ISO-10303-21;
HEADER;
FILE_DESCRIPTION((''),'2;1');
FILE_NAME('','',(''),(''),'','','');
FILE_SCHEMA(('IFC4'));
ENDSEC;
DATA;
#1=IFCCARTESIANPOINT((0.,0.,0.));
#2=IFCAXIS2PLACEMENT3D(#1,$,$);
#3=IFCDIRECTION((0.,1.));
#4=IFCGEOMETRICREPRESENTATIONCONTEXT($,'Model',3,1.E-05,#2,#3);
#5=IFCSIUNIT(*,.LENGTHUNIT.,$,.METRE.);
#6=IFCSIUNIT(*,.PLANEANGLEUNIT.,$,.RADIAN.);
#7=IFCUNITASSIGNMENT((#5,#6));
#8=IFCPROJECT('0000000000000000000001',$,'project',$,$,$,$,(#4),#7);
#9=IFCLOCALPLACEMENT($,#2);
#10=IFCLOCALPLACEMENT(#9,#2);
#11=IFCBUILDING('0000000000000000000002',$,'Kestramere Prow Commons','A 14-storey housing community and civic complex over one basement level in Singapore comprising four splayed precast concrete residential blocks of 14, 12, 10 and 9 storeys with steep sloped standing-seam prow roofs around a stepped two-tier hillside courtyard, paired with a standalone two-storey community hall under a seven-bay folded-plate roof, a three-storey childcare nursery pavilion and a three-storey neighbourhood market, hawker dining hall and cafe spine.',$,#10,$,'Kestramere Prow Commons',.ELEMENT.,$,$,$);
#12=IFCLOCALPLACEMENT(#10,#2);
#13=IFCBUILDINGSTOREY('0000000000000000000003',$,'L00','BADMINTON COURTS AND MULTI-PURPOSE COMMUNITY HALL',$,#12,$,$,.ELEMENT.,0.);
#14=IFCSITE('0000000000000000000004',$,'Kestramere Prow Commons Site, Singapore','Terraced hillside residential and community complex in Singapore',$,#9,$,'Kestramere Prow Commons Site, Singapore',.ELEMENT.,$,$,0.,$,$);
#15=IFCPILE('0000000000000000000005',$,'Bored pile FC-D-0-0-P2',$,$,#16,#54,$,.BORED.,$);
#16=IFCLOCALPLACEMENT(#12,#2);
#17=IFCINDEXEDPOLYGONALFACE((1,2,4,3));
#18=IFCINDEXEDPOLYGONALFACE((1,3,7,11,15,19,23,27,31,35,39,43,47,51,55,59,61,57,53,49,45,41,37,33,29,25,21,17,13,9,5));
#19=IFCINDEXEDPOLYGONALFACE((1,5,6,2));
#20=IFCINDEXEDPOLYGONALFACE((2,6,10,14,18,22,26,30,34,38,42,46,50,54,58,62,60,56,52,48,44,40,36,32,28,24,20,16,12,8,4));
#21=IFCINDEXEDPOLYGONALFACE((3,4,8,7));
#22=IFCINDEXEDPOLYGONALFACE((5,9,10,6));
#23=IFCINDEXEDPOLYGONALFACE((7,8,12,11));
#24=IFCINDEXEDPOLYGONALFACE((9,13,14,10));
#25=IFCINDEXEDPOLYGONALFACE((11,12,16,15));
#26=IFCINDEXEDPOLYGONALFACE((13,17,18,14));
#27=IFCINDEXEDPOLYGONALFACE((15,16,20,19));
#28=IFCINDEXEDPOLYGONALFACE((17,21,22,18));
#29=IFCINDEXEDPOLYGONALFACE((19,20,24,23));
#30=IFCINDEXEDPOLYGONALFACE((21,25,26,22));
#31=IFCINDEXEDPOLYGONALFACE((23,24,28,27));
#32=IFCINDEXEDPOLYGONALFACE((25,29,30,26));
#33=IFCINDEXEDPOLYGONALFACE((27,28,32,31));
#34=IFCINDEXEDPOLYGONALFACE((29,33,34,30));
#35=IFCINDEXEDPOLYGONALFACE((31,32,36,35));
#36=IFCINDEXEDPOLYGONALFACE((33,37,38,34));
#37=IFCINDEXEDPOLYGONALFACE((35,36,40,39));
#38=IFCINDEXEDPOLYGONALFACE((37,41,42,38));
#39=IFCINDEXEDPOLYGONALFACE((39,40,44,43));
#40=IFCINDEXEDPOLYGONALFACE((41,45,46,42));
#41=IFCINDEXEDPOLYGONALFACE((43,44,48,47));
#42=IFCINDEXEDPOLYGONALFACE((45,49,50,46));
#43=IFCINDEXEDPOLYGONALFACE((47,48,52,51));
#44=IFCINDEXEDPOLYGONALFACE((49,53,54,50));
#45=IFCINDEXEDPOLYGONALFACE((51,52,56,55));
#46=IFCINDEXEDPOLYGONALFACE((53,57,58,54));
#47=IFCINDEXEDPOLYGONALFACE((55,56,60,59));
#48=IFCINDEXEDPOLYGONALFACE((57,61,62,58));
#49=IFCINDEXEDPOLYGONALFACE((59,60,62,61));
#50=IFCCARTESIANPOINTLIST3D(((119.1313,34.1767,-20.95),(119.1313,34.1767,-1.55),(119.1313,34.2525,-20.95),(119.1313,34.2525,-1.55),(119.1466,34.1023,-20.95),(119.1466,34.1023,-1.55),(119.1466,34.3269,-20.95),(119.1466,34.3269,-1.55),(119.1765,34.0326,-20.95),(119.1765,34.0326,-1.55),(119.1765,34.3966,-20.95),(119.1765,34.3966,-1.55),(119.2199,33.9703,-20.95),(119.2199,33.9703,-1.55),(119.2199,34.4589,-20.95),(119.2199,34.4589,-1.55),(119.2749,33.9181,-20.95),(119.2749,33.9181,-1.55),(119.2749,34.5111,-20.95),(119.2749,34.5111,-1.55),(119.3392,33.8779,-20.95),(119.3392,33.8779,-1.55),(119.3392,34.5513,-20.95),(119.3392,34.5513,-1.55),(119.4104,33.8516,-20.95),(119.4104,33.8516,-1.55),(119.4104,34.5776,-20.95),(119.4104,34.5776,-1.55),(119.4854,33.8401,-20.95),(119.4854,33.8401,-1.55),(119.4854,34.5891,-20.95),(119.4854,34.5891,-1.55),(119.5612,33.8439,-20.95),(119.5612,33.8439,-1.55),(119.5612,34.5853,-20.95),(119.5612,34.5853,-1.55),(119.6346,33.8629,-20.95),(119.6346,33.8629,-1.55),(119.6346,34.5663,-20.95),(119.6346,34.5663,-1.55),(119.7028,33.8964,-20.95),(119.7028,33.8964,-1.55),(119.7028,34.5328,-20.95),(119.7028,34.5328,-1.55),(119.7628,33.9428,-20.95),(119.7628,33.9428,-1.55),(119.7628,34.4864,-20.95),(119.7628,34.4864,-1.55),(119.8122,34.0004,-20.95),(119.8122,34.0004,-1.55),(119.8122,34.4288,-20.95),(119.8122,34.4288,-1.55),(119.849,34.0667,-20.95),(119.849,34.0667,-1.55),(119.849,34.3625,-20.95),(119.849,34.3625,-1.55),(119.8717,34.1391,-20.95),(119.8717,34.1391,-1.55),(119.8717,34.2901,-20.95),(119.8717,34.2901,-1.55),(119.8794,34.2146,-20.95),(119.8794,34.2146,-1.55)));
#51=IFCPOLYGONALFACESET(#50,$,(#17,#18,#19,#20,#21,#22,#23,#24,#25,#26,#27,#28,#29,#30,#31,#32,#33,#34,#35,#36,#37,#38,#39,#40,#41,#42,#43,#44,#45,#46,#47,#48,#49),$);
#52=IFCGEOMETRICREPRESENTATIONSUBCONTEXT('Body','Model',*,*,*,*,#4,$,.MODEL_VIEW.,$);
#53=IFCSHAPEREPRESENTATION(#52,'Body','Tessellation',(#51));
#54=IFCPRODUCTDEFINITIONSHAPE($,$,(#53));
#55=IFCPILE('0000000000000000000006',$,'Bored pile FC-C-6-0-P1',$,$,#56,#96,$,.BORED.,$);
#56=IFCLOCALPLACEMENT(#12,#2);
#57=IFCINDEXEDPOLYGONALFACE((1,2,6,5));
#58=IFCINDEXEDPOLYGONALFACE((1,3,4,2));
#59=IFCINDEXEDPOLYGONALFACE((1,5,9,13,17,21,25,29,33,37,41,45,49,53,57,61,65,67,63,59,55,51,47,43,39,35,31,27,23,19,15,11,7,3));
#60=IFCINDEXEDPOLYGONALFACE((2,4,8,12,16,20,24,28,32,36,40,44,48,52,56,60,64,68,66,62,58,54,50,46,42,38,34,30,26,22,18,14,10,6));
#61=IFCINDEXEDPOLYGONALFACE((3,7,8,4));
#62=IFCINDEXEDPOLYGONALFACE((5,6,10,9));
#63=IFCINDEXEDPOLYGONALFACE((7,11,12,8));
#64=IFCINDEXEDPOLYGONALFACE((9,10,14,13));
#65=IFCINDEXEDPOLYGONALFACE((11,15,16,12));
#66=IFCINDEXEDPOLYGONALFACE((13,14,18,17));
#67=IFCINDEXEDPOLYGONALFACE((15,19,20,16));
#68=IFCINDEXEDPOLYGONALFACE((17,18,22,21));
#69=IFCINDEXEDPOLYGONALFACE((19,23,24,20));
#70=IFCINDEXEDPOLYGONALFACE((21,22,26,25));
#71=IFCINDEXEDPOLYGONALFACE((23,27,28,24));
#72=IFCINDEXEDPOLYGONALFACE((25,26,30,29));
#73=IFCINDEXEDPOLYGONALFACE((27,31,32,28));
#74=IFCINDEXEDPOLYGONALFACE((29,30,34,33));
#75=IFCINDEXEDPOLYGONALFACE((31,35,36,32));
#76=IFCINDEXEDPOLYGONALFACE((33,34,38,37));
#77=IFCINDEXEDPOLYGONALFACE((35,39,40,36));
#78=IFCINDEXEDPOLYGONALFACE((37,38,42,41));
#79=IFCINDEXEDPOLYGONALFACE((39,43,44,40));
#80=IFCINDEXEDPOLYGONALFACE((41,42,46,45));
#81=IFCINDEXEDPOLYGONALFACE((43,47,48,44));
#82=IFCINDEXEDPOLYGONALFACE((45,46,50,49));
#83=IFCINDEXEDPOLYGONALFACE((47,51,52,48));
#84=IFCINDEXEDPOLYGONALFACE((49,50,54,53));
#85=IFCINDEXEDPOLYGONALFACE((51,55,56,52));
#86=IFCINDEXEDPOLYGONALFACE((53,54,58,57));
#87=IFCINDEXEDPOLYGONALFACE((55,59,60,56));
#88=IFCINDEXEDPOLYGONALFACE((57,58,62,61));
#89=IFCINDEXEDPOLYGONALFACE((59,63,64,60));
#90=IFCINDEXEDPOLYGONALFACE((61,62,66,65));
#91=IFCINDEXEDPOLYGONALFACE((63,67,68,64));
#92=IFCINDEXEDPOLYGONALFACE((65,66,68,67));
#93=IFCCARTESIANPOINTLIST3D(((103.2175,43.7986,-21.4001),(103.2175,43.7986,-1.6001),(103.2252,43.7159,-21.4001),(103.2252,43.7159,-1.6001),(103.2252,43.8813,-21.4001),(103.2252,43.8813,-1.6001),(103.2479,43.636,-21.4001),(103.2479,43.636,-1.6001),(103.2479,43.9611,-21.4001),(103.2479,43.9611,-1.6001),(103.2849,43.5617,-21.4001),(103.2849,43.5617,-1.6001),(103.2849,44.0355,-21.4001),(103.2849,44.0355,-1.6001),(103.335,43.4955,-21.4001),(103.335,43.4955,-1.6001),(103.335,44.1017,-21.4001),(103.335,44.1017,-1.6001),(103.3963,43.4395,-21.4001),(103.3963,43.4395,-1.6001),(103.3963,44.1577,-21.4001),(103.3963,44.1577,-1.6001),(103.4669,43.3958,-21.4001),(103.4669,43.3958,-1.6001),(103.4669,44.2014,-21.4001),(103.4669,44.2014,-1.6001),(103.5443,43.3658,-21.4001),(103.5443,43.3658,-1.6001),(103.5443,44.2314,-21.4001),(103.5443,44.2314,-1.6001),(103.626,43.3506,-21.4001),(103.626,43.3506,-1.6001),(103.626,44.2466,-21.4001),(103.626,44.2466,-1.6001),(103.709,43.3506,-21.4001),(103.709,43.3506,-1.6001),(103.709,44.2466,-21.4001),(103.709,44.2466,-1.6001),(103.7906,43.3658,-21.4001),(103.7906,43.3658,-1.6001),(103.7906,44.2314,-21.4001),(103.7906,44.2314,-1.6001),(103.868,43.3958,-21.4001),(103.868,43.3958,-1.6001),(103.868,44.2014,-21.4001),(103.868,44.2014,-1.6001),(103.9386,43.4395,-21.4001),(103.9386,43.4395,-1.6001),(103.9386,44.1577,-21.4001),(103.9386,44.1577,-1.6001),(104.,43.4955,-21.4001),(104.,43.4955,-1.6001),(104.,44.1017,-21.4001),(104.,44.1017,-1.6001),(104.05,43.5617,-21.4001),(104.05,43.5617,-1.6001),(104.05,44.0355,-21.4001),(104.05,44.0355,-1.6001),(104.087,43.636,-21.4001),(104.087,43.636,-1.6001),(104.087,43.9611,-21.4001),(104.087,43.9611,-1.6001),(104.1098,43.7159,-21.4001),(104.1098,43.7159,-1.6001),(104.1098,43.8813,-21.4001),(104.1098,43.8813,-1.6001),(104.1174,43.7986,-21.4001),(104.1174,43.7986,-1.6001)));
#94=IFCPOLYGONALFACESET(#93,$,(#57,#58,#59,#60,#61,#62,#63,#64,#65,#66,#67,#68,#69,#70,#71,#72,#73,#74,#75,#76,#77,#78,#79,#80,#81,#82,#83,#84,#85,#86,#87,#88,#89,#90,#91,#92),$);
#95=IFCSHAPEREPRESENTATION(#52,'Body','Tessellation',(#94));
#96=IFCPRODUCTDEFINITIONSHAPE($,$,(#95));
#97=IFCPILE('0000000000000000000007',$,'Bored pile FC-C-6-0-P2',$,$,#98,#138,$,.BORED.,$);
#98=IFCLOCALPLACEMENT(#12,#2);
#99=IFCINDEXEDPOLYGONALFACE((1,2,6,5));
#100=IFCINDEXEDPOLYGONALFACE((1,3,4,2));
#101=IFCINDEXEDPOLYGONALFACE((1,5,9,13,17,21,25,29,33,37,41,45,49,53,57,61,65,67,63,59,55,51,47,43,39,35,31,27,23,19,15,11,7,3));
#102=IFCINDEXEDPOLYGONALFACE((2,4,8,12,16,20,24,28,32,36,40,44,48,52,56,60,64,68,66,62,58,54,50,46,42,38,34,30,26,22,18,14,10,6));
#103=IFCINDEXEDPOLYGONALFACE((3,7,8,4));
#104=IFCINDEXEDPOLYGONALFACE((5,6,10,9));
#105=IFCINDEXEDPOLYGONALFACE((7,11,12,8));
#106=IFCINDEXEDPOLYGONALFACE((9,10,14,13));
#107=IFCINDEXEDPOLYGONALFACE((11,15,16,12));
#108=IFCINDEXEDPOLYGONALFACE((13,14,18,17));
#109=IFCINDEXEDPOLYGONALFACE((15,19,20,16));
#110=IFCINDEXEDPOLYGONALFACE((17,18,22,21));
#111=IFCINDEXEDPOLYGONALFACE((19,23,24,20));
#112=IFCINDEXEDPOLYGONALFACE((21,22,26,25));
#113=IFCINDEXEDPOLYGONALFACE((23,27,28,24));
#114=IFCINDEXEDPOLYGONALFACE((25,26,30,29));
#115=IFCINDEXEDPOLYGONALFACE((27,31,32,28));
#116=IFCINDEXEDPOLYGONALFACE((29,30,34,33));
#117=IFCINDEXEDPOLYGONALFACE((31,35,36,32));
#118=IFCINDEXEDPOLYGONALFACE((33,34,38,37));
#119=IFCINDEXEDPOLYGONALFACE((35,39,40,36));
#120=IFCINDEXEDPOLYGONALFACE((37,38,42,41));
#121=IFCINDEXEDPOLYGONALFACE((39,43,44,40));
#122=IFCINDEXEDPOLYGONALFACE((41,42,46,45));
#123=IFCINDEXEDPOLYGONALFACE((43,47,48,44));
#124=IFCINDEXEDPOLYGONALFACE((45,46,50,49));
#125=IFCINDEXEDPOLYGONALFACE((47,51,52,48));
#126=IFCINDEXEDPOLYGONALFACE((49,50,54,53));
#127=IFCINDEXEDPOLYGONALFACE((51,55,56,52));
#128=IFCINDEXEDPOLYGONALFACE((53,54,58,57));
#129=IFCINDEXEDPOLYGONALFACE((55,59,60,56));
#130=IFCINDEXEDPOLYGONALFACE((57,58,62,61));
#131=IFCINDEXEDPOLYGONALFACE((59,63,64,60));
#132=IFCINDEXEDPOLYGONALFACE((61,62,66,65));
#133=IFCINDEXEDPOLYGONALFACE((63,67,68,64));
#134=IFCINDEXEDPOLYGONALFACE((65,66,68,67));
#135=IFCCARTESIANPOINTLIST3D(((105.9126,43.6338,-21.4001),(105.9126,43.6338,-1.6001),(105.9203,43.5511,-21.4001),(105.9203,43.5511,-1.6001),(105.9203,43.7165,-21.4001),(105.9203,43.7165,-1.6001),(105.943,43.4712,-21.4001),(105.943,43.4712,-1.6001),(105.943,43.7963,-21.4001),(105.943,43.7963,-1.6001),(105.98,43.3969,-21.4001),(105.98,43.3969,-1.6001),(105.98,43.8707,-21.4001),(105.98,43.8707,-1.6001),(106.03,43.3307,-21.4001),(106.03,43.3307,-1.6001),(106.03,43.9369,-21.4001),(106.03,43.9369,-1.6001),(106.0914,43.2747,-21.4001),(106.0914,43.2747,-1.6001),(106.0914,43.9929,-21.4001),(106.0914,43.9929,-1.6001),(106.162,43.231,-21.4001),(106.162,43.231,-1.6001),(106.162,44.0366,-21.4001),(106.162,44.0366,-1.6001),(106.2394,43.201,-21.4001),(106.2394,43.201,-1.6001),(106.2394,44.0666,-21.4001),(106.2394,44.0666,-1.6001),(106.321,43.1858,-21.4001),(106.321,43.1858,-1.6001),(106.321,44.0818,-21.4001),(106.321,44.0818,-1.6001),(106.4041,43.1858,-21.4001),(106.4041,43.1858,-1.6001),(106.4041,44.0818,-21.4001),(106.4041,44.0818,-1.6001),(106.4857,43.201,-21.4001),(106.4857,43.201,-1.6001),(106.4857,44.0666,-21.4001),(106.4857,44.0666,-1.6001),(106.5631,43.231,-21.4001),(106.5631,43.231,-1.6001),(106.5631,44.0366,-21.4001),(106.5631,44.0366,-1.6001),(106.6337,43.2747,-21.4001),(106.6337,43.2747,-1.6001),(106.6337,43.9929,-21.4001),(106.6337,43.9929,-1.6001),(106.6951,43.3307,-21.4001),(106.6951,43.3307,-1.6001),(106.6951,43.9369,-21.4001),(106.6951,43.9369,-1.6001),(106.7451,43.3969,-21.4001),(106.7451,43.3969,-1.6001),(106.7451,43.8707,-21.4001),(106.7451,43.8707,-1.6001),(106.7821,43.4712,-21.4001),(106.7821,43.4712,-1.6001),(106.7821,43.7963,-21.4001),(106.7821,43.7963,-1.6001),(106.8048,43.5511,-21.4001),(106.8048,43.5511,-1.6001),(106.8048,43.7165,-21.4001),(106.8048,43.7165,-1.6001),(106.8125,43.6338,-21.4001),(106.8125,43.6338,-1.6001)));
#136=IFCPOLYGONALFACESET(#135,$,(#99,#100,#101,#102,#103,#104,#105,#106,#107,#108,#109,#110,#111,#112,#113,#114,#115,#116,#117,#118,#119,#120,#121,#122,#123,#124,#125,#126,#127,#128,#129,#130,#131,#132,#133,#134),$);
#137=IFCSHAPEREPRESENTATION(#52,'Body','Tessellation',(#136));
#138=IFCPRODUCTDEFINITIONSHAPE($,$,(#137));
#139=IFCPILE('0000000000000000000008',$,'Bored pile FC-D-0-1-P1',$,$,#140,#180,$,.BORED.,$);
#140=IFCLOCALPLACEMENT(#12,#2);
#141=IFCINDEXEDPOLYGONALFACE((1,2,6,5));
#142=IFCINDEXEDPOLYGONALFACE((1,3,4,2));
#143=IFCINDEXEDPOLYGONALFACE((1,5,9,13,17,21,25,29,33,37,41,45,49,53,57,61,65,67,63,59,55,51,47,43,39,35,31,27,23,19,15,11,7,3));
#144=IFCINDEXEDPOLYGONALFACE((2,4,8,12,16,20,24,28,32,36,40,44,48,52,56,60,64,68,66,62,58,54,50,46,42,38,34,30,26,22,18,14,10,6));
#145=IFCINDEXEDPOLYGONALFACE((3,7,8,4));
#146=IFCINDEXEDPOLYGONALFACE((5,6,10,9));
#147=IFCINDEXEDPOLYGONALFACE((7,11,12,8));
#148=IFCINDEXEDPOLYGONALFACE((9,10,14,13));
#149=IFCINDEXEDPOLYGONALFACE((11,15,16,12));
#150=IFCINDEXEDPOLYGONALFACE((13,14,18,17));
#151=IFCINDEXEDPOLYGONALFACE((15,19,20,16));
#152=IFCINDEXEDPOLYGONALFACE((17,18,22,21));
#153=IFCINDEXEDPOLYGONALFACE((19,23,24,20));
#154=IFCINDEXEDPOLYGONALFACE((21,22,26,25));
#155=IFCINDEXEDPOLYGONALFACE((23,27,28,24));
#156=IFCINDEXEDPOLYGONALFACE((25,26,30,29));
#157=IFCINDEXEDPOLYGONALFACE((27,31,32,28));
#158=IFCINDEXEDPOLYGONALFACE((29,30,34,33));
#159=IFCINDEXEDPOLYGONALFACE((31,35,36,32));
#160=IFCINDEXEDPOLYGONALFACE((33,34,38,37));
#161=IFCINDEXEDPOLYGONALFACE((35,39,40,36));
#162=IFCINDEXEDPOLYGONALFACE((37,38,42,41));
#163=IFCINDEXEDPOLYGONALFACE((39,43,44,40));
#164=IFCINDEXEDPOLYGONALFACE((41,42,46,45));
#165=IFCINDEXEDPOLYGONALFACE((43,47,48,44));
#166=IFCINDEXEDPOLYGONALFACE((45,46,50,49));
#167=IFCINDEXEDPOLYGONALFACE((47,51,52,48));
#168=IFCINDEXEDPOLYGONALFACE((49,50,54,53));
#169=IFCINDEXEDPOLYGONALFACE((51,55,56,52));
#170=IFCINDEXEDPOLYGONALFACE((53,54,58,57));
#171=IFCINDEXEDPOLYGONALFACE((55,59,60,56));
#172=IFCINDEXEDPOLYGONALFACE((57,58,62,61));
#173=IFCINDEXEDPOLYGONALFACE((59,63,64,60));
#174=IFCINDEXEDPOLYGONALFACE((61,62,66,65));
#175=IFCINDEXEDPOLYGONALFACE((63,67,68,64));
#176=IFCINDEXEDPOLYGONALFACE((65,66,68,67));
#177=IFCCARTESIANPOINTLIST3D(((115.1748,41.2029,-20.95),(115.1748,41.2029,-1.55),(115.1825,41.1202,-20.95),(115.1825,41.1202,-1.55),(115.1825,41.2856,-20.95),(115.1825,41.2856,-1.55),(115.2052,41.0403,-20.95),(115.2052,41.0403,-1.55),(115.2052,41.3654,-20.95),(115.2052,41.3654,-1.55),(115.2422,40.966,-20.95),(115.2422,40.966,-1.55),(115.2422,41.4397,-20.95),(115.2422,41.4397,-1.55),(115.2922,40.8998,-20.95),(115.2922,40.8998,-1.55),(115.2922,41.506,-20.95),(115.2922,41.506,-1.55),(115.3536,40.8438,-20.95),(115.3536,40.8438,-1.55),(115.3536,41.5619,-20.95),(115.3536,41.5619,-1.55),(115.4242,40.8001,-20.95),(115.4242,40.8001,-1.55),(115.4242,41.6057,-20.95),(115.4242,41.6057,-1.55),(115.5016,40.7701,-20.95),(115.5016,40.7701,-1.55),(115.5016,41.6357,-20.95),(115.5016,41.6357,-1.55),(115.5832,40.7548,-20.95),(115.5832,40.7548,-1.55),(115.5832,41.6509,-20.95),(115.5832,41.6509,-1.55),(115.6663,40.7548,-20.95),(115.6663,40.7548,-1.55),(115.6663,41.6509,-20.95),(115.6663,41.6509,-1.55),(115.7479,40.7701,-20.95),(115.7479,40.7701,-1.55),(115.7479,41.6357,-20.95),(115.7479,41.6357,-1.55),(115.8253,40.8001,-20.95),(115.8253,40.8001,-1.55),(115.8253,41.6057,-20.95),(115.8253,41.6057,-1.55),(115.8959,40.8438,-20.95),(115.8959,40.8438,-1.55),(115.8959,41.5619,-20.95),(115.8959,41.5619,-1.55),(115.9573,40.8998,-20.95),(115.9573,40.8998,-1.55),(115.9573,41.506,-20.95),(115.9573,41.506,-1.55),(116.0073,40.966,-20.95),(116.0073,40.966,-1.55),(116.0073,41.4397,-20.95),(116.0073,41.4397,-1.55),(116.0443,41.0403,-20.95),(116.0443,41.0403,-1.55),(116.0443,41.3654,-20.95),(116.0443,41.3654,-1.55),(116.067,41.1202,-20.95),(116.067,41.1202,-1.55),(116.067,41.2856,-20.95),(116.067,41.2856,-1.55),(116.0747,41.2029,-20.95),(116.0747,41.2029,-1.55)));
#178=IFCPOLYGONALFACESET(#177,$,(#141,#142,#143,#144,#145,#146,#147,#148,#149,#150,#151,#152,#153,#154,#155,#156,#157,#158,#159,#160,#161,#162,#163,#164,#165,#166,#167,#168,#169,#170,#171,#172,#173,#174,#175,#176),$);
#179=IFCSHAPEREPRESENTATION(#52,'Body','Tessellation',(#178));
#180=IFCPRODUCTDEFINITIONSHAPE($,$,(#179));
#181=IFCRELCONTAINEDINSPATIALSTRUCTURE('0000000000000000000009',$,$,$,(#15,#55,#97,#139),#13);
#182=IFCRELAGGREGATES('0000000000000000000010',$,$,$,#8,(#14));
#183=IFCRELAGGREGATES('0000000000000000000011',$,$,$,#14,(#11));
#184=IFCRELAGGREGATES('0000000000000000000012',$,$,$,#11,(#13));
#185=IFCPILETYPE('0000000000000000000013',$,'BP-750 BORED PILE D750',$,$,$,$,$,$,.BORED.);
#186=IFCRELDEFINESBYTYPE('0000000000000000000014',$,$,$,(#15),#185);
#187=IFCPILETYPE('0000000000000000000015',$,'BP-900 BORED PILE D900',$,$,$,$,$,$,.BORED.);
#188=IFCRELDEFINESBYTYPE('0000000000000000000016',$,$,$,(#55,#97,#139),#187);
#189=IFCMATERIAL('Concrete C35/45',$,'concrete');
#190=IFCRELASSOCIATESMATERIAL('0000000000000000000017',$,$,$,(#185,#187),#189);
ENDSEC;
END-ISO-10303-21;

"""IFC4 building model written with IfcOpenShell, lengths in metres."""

from ifc_helpers import new_model, si_unit, direction, frame, origin, origin_2d, place, context, subcontext, project, spatial, circle, extrude, material, material_profile, profile_set, type_object, element, save


model = new_model("IFC4")

# Units and contexts
model_context = context("Model", 3, precision=1e-05, world=origin(), true_north=direction((0.0, 1.0)))
body_context = subcontext(model_context, "Body", "Model", "MODEL_VIEW")
ifc_project = project(units=[si_unit("LENGTHUNIT", "METRE"), si_unit("PLANEANGLEUNIT", "RADIAN")], contexts=[model_context])

# Site, building, storey
site_placement = place(None, origin())
site = spatial("IfcSite", under=ifc_project, at=site_placement, Name="Kestramere Prow Commons Site, Singapore", Description="Terraced hillside residential and community complex in Singapore", LongName="Kestramere Prow Commons Site, Singapore", CompositionType="ELEMENT", RefElevation=0.0)
building_placement = place(site_placement, origin())
building = spatial("IfcBuilding", under=site, at=building_placement, Name="Kestramere Prow Commons", Description="A 14-storey housing community and civic complex over one basement level in Singapore comprising four splayed precast concrete residential blocks of 14, 12, 10 and 9 storeys with steep sloped standing-seam prow roofs around a stepped two-tier hillside courtyard, paired with a standalone two-storey community hall under a seven-bay folded-plate roof, a three-storey childcare nursery pavilion and a three-storey neighbourhood market, hawker dining hall and cafe spine.", LongName="Kestramere Prow Commons", CompositionType="ELEMENT")
storey_placement = place(building_placement, origin())
storey = spatial("IfcBuildingStorey", under=building, at=storey_placement, Name="L00", Description="BADMINTON COURTS AND MULTI-PURPOSE COMMUNITY HALL", CompositionType="ELEMENT", Elevation=0.0)

# Piles
ifc_material_1 = material(Name="Concrete C35/45", Category="concrete")
ifc_material_profile_1 = material_profile(ifc_material_1, circle(Radius=0.375, at=origin_2d()), Name="BORED PILE D750")
ifc_profile_set_1 = profile_set([ifc_material_profile_1], Name="Concrete C35/45")
pile_type_1 = type_object("IfcPileType", Name="BP-750 BORED PILE D750", PredefinedType="BORED", material=ifc_profile_set_1)
pile_placement = place(storey_placement, frame((119.5044, 34.2146, -1.55), z_axis=(0.0, 0.0, -1.0), x_axis=(1.0, 0.0, 0.0)))
element("IfcPile", 1, at=pile_placement, inside=storey, type_object=pile_type_1, Name="Bored pile FC-D-0-0-P2", PredefinedType="BORED", context=body_context, shape_type="SweptSolid", body=[
    extrude(circle(Radius=0.375, at=origin_2d()), origin(), (0.0, 0.0, 1.0), 19.3999),
])
ifc_material_profile_2 = material_profile(ifc_material_1, circle(Radius=0.45, at=origin_2d()), Name="BORED PILE D900")
ifc_profile_set_2 = profile_set([ifc_material_profile_2], Name="Concrete C35/45")
pile_type_2 = type_object("IfcPileType", Name="BP-900 BORED PILE D900", PredefinedType="BORED", material=ifc_profile_set_2)
for number, where, z_axis, x_axis, name in (
    (2, (103.6675, 43.7986, -1.6001), (0.0, 0.0, -1.0), (1.0, 0.0, 0.0), "Bored pile FC-C-6-0-P1"),
    (3, (106.3625, 43.6338, -1.6001), (0.0, 0.0, -1.0), (1.0, 0.0, 0.0), "Bored pile FC-C-6-0-P2"),
):
    element("IfcPile", number, at=place(storey_placement, frame(where, z_axis=z_axis, x_axis=x_axis)), inside=storey, type_object=pile_type_2, Name=name, PredefinedType="BORED", context=body_context, shape_type="SweptSolid", body=[
        extrude(circle(Radius=0.45, at=origin_2d()), origin(), (0.0, 0.0, 1.0), 19.8),
    ])
for number, where, z_axis, x_axis, name in (
    (4, (115.6248, 41.2029, -1.55), (0.0, 0.0, -1.0), (1.0, 0.0, 0.0), "Bored pile FC-D-0-1-P1"),
):
    element("IfcPile", number, at=place(storey_placement, frame(where, z_axis=z_axis, x_axis=x_axis)), inside=storey, type_object=pile_type_2, Name=name, PredefinedType="BORED", context=body_context, shape_type="SweptSolid", body=[
        extrude(circle(Radius=0.45, at=origin_2d()), origin(), (0.0, 0.0, 1.0), 19.3999),
    ])

save(model, "model.ifc")
